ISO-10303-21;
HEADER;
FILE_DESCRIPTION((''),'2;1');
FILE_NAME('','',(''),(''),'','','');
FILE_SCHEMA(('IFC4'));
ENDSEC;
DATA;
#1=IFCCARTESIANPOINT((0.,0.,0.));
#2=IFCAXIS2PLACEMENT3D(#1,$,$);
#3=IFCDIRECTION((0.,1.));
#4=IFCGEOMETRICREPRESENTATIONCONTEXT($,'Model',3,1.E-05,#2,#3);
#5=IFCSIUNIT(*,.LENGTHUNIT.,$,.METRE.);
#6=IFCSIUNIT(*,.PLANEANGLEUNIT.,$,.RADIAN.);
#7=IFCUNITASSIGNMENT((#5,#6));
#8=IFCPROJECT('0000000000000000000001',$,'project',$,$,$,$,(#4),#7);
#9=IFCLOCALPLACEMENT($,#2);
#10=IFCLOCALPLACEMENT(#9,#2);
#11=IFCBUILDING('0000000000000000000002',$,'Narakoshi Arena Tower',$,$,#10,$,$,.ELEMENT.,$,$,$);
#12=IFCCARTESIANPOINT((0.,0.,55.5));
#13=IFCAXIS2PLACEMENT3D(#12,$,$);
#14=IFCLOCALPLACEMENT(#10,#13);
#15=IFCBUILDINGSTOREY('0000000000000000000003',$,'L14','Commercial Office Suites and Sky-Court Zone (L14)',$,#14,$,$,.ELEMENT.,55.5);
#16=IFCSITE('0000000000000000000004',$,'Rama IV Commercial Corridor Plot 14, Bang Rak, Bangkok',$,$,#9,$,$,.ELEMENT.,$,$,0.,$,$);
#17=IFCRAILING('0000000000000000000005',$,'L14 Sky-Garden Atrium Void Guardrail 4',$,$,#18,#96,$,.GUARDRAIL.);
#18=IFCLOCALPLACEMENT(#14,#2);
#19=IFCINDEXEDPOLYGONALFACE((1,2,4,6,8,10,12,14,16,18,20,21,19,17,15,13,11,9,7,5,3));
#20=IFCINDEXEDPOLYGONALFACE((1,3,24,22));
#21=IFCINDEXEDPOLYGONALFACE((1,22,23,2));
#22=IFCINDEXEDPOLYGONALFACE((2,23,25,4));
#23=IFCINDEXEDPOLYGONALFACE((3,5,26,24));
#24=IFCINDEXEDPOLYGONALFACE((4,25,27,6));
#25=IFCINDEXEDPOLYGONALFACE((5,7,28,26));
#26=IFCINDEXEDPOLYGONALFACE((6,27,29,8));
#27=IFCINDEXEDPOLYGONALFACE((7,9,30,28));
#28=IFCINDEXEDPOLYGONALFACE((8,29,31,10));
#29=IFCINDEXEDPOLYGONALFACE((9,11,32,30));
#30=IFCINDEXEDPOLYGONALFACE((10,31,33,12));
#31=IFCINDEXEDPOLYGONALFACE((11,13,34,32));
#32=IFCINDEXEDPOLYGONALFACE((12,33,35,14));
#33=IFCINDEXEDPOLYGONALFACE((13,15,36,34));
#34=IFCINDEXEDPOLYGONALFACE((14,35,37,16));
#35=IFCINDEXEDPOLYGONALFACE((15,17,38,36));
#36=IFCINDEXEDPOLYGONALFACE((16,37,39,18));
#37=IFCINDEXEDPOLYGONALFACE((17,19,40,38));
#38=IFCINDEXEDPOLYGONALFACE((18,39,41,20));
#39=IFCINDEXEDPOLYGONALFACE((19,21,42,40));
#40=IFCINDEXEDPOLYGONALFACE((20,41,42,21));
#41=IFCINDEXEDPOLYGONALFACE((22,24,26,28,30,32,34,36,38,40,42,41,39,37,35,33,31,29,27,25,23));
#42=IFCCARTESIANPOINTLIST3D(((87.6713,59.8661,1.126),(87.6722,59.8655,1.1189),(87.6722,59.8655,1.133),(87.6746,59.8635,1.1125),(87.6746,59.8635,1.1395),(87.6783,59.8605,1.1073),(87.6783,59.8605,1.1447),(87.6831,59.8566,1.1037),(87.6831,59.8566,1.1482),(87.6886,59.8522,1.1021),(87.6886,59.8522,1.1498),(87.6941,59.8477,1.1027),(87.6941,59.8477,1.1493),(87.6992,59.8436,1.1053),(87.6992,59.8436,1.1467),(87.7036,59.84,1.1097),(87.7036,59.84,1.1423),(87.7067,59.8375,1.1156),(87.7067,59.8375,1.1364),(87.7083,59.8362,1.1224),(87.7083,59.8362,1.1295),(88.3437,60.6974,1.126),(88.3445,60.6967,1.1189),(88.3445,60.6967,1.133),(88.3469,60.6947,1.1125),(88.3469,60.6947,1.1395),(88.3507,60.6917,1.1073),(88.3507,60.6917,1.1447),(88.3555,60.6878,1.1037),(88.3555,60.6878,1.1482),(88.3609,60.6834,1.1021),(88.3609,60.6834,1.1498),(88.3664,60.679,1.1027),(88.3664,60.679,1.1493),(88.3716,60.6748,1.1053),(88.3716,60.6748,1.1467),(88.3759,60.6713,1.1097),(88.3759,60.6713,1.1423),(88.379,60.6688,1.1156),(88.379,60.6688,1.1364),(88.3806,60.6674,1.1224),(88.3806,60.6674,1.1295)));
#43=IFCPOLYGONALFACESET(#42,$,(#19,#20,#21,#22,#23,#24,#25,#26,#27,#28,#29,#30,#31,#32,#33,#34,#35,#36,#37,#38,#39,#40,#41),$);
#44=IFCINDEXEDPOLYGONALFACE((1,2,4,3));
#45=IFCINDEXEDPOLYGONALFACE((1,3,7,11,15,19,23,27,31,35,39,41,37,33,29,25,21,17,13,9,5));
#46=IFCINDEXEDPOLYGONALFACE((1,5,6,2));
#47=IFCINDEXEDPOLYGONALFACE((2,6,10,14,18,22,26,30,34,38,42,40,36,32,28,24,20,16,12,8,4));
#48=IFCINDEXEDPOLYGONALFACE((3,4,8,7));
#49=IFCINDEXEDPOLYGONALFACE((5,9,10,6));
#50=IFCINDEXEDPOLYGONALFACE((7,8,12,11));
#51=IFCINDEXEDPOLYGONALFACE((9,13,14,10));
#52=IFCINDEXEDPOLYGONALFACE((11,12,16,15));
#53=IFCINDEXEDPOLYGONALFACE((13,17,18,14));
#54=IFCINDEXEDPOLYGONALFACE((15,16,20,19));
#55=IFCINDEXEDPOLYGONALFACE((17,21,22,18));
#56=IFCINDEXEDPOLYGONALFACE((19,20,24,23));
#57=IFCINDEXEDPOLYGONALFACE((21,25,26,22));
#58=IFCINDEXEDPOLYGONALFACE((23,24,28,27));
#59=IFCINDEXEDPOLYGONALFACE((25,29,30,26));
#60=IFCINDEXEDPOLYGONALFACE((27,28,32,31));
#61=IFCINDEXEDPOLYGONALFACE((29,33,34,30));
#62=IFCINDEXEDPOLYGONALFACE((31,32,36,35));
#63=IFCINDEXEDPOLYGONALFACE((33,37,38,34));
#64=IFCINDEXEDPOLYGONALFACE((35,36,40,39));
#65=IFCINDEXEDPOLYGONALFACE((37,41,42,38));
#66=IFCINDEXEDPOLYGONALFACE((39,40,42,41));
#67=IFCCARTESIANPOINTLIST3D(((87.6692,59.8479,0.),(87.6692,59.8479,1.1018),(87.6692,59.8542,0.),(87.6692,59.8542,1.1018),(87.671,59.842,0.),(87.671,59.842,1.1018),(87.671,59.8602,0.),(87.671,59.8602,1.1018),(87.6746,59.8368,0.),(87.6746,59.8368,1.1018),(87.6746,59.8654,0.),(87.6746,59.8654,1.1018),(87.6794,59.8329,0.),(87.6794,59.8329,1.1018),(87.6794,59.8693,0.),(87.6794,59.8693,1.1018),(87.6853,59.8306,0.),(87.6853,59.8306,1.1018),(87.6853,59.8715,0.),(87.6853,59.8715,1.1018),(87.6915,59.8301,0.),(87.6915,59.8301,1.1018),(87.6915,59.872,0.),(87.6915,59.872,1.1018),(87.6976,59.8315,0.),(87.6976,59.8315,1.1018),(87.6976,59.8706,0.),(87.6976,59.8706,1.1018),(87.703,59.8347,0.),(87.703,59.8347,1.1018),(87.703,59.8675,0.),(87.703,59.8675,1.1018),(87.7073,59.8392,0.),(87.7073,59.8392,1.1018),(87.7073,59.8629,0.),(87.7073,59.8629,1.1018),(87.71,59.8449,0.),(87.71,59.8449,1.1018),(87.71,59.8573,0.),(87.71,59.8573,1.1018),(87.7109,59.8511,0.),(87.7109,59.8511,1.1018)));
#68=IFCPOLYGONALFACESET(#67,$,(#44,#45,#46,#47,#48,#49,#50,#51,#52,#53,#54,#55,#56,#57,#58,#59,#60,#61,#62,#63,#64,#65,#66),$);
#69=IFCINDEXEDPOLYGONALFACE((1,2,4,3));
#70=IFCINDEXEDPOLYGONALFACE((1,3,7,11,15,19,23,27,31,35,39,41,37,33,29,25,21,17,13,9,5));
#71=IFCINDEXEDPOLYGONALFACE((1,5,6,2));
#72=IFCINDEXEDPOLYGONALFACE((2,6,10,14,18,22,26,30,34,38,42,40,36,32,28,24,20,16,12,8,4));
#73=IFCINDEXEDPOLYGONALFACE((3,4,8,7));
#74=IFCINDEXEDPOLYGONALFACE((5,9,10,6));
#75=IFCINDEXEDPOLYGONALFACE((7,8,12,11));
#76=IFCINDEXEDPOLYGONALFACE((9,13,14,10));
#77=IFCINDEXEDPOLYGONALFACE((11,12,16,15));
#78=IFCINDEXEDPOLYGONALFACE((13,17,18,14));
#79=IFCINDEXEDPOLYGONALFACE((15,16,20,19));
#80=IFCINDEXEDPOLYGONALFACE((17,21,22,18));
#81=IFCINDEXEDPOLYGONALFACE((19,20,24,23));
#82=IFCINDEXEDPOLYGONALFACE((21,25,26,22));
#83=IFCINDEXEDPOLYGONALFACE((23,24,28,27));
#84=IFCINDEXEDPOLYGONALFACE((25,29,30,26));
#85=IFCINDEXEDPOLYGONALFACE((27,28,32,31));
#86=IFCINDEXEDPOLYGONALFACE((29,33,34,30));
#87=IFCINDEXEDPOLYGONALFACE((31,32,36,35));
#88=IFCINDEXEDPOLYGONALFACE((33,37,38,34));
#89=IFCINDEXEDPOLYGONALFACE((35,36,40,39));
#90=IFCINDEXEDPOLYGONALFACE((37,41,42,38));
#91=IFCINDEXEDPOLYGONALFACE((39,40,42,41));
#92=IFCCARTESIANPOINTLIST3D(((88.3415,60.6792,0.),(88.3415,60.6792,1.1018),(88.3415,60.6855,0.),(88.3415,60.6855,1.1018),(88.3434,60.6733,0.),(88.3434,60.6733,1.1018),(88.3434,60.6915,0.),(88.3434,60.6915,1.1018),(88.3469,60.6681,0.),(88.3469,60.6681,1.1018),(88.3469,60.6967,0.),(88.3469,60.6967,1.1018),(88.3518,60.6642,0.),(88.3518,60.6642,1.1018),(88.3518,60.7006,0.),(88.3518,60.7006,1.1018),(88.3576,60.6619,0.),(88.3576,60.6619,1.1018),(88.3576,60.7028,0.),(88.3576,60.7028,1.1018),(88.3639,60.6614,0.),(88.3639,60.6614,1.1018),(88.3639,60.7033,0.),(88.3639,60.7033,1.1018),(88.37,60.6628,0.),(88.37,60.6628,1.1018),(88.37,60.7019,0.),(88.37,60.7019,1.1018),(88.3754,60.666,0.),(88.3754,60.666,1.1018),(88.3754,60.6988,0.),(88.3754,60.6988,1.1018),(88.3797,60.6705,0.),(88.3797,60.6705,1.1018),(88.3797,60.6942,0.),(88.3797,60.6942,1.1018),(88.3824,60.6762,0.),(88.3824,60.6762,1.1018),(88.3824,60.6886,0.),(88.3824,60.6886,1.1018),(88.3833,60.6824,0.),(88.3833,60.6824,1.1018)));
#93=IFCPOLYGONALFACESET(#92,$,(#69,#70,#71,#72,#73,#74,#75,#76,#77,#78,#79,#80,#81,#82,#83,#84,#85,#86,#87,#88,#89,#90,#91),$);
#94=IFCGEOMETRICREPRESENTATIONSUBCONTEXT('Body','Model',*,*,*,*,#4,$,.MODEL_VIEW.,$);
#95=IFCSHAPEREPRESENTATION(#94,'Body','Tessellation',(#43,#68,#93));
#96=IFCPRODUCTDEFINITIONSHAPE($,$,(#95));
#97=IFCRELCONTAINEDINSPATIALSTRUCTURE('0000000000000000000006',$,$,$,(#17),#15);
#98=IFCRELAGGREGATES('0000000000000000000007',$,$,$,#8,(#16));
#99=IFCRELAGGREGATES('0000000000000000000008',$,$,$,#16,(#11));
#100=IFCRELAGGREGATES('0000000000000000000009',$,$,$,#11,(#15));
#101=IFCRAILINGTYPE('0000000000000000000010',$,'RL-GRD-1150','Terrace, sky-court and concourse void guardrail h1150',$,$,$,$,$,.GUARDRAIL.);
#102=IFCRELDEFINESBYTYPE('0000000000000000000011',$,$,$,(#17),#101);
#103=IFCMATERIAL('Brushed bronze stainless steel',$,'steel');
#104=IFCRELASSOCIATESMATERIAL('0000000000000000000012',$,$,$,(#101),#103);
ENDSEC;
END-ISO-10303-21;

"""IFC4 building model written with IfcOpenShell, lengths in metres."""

from ifc_helpers import new_model, si_unit, direction, frame, origin, origin_2d, place, context, subcontext, project, spatial, circle, extrude, material, type_object, element, save


model = new_model("IFC4")

# Units and contexts
model_context = context("Model", 3, precision=1e-05, world=origin(), true_north=direction((0.0, 1.0)))
body_context = subcontext(model_context, "Body", "Model", "MODEL_VIEW")
ifc_project = project(units=[si_unit("LENGTHUNIT", "METRE"), si_unit("PLANEANGLEUNIT", "RADIAN")], contexts=[model_context])

# Site, building, storey
site_placement = place(None, origin())
site = spatial("IfcSite", under=ifc_project, at=site_placement, Name="Rama IV Commercial Corridor Plot 14, Bang Rak, Bangkok", CompositionType="ELEMENT", RefElevation=0.0)
building_placement = place(site_placement, origin())
building = spatial("IfcBuilding", under=site, at=building_placement, Name="Narakoshi Arena Tower", CompositionType="ELEMENT")
storey_placement = place(building_placement, frame((0.0, 0.0, 55.5)))
storey = spatial("IfcBuildingStorey", under=building, at=storey_placement, Name="L14", Description="Commercial Office Suites and Sky-Court Zone (L14)", CompositionType="ELEMENT", Elevation=55.5)

# Railing
ifc_material_1 = material(Name="Brushed bronze stainless steel", Category="steel")
railing_type = type_object("IfcRailingType", Name="RL-GRD-1150", Description="Terrace, sky-court and concourse void guardrail h1150", PredefinedType="GUARDRAIL", material=ifc_material_1)
railing_1_placement = place(storey_placement, frame((87.6899, 59.8511, 0.0)))
element("IfcRailing", 1, at=railing_1_placement, inside=storey, type_object=railing_type, Name="L14 Sky-Garden Atrium Void Guardrail 4", PredefinedType="GUARDRAIL", context=body_context, shape_type="SweptSolid", body=[
    extrude(circle(Radius=0.0239, at=origin_2d()), frame((0.0, 0.0, 1.126), z_axis=(0.628863, 0.777516, 0.0), x_axis=(-0.777516, 0.628863, 0.0)), (0.0, 0.0, 1.0), 1.0691),
    extrude(circle(Radius=0.021, at=origin_2d()), origin(), (0.0, 0.0, 1.0), 1.1018),
    extrude(circle(Radius=0.021, at=origin_2d()), frame((0.6724, 0.8313, 0.0)), (0.0, 0.0, 1.0), 1.1018),
])

save(model, "model.ifc")
